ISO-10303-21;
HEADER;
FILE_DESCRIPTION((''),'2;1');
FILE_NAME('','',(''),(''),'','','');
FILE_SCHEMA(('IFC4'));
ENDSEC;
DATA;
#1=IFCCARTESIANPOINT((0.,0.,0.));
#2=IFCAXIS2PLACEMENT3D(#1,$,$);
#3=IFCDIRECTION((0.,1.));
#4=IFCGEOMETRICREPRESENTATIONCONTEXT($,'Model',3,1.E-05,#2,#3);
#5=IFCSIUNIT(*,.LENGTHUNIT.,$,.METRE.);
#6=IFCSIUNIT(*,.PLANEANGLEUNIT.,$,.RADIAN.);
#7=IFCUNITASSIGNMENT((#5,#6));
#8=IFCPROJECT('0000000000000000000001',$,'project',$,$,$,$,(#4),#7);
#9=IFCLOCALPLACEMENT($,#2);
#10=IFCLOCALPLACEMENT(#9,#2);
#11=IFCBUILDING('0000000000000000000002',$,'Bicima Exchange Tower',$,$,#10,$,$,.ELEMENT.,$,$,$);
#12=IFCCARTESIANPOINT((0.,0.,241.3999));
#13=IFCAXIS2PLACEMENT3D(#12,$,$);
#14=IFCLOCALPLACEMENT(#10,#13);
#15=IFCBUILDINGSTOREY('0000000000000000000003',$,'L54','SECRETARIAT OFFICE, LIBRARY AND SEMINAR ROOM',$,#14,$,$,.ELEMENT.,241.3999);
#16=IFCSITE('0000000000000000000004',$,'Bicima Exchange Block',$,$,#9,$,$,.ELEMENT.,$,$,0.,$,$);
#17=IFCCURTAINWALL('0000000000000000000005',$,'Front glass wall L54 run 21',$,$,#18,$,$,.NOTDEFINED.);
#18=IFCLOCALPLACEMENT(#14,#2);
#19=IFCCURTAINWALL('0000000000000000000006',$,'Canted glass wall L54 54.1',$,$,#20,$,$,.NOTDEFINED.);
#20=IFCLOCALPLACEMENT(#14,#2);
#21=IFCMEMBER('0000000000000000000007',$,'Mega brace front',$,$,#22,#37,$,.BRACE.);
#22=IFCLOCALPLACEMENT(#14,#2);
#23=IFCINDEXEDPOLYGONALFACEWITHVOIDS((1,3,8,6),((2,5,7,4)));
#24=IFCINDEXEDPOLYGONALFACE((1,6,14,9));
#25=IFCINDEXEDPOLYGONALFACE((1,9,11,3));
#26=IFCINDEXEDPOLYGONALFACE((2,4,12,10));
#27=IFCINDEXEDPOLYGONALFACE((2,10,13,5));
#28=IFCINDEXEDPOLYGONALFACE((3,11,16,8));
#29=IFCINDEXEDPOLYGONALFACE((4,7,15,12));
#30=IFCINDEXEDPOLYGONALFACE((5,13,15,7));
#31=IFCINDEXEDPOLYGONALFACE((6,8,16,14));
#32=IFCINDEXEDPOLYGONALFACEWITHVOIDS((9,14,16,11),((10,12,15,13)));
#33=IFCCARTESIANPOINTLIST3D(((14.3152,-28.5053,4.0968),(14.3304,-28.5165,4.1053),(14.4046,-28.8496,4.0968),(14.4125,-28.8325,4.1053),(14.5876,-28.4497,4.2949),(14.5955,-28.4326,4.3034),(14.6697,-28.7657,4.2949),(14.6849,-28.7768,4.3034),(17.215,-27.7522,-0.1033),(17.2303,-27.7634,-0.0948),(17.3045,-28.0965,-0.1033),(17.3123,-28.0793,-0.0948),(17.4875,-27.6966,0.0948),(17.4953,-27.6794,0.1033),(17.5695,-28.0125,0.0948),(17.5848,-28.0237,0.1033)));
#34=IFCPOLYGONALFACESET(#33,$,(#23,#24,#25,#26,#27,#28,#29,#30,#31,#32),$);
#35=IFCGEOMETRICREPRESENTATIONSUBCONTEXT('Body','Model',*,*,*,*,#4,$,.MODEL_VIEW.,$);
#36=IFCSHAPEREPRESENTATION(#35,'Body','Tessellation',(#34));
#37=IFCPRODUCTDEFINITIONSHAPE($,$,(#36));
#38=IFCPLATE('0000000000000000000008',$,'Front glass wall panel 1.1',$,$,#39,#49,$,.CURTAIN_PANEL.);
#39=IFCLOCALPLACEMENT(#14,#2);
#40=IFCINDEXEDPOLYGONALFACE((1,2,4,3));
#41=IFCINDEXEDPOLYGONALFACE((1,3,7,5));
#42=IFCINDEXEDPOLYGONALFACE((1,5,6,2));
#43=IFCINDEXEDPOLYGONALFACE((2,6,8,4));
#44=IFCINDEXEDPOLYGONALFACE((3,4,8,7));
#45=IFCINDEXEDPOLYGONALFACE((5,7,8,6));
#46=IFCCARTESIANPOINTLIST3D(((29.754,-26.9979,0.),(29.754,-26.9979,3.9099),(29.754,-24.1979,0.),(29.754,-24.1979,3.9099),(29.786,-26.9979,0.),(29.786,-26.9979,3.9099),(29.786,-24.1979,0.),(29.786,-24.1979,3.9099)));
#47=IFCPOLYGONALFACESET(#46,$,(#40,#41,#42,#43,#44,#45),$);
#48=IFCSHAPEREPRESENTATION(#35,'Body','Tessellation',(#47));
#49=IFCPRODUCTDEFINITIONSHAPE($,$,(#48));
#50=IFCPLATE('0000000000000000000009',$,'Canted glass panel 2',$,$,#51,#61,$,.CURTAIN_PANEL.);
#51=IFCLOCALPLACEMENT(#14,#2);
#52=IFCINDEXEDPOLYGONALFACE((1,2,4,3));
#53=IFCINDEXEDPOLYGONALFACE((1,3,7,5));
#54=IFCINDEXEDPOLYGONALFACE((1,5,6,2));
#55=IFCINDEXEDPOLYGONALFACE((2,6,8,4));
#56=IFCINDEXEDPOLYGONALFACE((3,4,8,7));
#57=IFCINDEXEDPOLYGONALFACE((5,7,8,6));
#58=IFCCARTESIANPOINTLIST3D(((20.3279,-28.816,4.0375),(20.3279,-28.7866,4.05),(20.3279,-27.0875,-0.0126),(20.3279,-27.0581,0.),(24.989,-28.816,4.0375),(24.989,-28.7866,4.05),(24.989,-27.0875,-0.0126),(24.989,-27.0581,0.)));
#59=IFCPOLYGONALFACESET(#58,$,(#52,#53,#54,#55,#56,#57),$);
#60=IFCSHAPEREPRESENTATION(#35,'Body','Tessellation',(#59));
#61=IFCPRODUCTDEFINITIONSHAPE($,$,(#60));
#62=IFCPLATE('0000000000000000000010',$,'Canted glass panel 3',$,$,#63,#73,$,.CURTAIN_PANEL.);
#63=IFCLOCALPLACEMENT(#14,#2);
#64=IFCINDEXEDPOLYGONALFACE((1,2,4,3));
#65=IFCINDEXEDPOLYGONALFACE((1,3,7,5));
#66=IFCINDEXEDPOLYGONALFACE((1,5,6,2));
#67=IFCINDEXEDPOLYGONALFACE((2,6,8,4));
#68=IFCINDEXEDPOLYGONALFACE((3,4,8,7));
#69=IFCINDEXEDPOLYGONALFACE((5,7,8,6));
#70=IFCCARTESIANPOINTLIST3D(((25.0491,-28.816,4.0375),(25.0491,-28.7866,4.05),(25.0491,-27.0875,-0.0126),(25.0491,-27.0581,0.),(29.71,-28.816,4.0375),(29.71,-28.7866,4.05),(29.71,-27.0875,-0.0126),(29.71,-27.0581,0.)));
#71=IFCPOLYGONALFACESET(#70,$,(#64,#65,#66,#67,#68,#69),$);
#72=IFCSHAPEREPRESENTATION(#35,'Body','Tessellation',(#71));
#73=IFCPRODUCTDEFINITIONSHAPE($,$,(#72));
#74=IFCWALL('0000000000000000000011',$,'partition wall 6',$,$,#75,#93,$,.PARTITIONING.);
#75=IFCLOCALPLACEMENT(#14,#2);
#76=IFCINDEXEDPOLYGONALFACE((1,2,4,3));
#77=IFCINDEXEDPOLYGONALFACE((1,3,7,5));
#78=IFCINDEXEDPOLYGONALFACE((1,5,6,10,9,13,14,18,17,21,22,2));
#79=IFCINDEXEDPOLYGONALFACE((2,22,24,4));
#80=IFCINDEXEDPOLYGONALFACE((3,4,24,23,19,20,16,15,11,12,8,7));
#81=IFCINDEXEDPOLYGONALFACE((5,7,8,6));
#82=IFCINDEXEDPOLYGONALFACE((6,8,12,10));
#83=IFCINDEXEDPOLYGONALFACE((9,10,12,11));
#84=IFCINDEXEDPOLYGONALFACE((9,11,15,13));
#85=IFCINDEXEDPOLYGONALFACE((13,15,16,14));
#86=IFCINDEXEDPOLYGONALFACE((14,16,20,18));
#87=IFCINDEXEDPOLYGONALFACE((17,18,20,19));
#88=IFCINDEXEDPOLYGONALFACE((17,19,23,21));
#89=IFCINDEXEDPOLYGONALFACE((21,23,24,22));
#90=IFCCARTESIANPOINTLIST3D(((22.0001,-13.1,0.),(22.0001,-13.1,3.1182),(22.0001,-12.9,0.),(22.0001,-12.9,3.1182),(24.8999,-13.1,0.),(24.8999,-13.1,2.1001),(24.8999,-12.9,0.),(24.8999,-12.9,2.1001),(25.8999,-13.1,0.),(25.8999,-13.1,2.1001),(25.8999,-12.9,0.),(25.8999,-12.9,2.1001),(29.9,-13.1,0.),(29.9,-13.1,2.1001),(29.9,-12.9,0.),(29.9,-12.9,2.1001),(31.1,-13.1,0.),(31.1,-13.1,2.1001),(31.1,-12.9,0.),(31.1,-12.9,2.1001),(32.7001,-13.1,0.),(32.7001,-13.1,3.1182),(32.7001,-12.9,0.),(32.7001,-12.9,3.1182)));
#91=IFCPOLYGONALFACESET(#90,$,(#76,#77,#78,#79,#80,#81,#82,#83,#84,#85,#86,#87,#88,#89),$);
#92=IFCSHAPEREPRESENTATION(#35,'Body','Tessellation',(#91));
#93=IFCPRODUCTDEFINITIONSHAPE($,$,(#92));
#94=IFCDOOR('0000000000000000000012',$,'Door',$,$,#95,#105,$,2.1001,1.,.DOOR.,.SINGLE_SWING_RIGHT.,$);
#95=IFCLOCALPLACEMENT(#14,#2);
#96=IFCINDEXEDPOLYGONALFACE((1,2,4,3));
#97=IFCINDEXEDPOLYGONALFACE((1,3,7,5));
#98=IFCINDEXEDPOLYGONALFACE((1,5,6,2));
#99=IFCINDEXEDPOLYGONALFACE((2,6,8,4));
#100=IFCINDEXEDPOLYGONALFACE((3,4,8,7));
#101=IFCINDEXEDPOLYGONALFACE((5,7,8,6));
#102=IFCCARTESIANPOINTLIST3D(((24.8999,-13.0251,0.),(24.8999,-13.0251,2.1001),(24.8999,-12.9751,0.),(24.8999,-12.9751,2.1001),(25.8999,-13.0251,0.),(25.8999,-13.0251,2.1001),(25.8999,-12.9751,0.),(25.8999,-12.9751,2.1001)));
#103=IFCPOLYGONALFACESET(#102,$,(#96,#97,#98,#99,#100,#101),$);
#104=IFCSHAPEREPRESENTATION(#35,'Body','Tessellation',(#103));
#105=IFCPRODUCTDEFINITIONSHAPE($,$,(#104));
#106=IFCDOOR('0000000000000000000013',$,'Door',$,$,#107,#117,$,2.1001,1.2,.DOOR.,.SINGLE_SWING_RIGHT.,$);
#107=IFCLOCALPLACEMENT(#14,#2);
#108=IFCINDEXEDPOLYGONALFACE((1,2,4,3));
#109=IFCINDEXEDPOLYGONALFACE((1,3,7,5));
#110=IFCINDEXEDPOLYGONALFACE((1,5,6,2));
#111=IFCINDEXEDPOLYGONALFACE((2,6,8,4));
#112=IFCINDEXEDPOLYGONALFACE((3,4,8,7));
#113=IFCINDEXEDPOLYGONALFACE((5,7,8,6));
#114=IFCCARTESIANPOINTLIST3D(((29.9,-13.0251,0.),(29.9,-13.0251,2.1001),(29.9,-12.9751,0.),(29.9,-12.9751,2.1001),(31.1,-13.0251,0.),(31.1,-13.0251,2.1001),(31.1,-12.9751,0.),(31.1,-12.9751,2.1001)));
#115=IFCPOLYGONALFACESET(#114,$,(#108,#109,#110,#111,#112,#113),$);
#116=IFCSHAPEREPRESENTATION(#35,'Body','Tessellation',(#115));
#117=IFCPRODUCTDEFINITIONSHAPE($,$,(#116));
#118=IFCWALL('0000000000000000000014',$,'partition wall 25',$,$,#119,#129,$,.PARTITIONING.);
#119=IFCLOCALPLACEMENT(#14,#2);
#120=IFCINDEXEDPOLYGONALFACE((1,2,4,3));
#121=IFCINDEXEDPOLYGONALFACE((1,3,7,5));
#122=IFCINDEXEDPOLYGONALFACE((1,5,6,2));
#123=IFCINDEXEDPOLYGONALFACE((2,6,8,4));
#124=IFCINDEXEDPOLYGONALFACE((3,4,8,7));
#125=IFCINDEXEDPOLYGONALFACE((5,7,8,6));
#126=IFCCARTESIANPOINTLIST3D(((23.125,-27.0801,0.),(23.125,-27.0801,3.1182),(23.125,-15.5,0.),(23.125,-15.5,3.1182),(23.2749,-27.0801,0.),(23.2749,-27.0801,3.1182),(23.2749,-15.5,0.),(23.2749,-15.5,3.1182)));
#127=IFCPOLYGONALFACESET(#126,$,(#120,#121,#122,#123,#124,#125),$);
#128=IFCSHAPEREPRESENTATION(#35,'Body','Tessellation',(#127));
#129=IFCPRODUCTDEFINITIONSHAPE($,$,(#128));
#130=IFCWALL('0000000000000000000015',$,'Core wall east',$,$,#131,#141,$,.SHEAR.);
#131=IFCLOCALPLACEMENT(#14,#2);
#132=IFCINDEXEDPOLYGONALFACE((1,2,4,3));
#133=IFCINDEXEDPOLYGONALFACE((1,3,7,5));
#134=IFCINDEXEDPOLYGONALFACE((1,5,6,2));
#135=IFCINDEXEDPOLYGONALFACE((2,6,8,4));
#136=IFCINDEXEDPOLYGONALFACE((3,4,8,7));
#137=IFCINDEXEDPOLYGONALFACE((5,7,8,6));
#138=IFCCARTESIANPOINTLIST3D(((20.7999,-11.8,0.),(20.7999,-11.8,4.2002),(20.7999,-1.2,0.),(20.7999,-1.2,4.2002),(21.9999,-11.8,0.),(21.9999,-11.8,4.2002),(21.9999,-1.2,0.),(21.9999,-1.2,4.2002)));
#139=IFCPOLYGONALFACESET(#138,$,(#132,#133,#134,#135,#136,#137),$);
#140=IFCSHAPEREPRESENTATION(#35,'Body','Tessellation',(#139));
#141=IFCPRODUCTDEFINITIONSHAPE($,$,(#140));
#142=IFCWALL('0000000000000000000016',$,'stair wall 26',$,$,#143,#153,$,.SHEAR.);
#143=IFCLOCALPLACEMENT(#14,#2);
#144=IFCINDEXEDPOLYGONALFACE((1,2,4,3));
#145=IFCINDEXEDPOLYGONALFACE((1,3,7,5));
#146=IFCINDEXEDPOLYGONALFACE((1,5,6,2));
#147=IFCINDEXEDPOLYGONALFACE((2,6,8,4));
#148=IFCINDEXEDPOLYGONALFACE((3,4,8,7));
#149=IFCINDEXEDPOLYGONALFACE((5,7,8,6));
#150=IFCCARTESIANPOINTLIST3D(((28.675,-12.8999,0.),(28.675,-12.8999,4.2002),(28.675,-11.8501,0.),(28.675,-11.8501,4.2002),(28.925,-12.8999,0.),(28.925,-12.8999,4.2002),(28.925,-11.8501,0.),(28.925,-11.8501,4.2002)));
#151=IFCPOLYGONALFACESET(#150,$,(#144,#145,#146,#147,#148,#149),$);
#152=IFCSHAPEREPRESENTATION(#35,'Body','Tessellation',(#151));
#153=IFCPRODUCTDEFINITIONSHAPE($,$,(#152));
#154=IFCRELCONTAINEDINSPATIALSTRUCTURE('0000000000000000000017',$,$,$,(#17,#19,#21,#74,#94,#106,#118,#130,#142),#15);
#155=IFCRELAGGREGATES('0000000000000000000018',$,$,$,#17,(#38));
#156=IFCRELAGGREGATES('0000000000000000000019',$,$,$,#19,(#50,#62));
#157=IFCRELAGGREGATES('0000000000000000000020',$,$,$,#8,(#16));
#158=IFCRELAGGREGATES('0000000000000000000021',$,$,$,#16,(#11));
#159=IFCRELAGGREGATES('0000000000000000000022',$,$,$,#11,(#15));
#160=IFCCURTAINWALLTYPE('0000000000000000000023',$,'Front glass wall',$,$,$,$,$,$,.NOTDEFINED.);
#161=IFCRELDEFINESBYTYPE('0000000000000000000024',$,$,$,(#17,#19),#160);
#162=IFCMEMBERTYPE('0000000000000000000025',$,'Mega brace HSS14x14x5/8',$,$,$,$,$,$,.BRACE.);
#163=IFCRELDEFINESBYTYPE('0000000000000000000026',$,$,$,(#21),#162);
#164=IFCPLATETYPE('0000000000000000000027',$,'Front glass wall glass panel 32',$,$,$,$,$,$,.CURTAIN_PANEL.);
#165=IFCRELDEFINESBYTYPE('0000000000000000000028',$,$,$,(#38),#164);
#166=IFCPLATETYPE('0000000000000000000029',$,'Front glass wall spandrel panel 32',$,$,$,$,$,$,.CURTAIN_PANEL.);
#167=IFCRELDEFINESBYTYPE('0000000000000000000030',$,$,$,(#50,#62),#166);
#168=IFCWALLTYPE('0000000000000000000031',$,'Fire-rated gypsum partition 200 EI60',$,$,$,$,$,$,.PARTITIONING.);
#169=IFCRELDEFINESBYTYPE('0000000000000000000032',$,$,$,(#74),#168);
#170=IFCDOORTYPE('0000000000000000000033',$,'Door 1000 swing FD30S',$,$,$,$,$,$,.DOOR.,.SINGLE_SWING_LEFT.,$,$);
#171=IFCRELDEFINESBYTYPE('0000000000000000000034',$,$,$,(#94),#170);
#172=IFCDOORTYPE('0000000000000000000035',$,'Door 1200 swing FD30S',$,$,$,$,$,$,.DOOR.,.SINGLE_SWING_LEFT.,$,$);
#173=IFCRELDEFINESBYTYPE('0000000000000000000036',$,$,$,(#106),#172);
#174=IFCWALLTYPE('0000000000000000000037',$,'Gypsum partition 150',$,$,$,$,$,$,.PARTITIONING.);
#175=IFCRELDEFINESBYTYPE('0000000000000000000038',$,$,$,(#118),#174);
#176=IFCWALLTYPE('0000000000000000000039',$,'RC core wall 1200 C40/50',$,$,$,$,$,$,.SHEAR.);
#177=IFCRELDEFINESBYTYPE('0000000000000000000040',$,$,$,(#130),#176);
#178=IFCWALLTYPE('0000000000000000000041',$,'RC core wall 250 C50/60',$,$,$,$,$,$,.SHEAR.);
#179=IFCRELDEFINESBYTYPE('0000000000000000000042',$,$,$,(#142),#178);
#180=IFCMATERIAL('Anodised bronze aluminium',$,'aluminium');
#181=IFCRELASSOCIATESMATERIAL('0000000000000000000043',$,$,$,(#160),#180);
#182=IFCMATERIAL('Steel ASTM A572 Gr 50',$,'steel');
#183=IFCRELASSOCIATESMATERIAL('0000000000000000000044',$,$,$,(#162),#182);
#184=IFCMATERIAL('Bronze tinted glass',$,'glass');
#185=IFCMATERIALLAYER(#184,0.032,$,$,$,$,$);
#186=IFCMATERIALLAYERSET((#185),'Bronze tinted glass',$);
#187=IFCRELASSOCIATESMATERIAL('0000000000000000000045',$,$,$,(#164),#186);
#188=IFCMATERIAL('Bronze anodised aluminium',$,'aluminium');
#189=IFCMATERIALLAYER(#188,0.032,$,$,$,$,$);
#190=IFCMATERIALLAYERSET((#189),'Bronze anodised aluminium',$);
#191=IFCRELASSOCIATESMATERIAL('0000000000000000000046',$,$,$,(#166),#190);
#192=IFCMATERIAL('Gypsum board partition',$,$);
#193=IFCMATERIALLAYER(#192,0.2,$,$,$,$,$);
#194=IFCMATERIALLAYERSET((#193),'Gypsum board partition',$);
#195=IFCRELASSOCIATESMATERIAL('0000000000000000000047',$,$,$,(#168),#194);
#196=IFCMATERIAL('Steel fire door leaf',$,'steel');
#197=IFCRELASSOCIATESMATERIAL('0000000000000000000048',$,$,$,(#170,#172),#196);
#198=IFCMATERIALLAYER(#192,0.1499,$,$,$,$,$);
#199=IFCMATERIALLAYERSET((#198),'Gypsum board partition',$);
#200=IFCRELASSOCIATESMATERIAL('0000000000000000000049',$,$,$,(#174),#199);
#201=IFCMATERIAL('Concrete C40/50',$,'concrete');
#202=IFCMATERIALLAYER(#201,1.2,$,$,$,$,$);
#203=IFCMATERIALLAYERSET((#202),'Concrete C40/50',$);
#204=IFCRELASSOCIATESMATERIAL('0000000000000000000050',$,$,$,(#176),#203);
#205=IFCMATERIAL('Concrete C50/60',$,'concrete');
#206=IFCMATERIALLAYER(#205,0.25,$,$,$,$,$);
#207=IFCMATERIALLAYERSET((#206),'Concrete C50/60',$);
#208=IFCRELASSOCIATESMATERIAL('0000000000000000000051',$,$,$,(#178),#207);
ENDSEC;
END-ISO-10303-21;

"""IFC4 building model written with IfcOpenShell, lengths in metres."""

from ifc_helpers import new_model, si_unit, direction, frame, frame_2d, origin, origin_2d, place, context, subcontext, project, spatial, polyline, rectangle, hollow_rectangle, outline, extrude, material, layer, layer_set, material_profile, profile_set, type_object, element, fill, aggregate, save


model = new_model("IFC4")

# Units and contexts
model_context = context("Model", 3, precision=1e-05, world=origin(), true_north=direction((0.0, 1.0)))
body_context = subcontext(model_context, "Body", "Model", "MODEL_VIEW")
ifc_project = project(units=[si_unit("LENGTHUNIT", "METRE"), si_unit("PLANEANGLEUNIT", "RADIAN")], contexts=[model_context])

# Site, building, storey
site_placement = place(None, origin())
site = spatial("IfcSite", under=ifc_project, at=site_placement, Name="Bicima Exchange Block", CompositionType="ELEMENT", RefElevation=0.0)
building_placement = place(site_placement, origin())
building = spatial("IfcBuilding", under=site, at=building_placement, Name="Bicima Exchange Tower", CompositionType="ELEMENT")
storey_placement = place(building_placement, frame((0.0, 0.0, 241.3999)))
storey = spatial("IfcBuildingStorey", under=building, at=storey_placement, Name="L54", Description="SECRETARIAT OFFICE, LIBRARY AND SEMINAR ROOM", CompositionType="ELEMENT", Elevation=241.3999)

# Curtain wall
ifc_material_1 = material(Name="Anodised bronze aluminium", Category="aluminium")
curtain_wall_type = type_object("IfcCurtainWallType", Name="Front glass wall", PredefinedType="NOTDEFINED", material=ifc_material_1)
curtain_wall_1_placement = place(storey_placement, origin())
curtain_wall_1 = element("IfcCurtainWall", 1, at=curtain_wall_1_placement, inside=storey, type_object=curtain_wall_type, Name="Front glass wall L54 run 21", PredefinedType="NOTDEFINED")

# Curtain wall
curtain_wall_2_placement = place(storey_placement, origin())
curtain_wall_2 = element("IfcCurtainWall", 2, at=curtain_wall_2_placement, inside=storey, type_object=curtain_wall_type, Name="Canted glass wall L54 54.1", PredefinedType="NOTDEFINED")

# Member
ifc_material_2 = material(Name="Steel ASTM A572 Gr 50", Category="steel")
ifc_material_profile_1 = material_profile(ifc_material_2, hollow_rectangle(XDim=0.3557, YDim=0.3557, WallThickness=0.0146, at=origin_2d()))
ifc_profile_set_1 = profile_set([ifc_material_profile_1], Name="Steel ASTM A572 Gr 50")
member_type_1 = type_object("IfcMemberType", Name="Mega brace HSS14x14x5/8", PredefinedType="BRACE", material=ifc_profile_set_1)
member_1_placement = place(storey_placement, frame((17.3999, -27.8879, 0.0), z_axis=(-0.562073, -0.145984, 0.814102), x_axis=(0.251383, -0.967888, 0.0)))
element("IfcMember", 3, at=member_1_placement, inside=storey, type_object=member_type_1, Name="Mega brace front", PredefinedType="BRACE", context=body_context, shape_type="SweptSolid", body=[
    extrude(hollow_rectangle(XDim=0.3557, YDim=0.3557, WallThickness=0.0146, at=origin_2d()), origin(), (0.0, 0.0, 1.0), 5.1592),
])

# Plates
ifc_material_3 = material(Name="Bronze tinted glass", Category="glass")
ifc_layer_1 = layer(ifc_material_3, 0.032)
ifc_layer_set_1 = layer_set([ifc_layer_1], Name="Bronze tinted glass")
plate_type_1 = type_object("IfcPlateType", Name="Front glass wall glass panel 32", PredefinedType="CURTAIN_PANEL", material=ifc_layer_set_1)
plate_1_placement = place(storey_placement, frame((29.77, -25.5979, 0.0), z_axis=(0.0, 0.0, 1.0), x_axis=(0.0, 1.0, 0.0)))
plate_1 = element("IfcPlate", 4, at=plate_1_placement, type_object=plate_type_1, Name="Front glass wall panel 1.1", PredefinedType="CURTAIN_PANEL", context=body_context, shape_type="SweptSolid", body=[
    extrude(rectangle(XDim=2.8, YDim=0.032, at=origin_2d()), origin(), (0.0, 0.0, 1.0), 3.9099),
])
aggregate(curtain_wall_1, [plate_1])
ifc_material_4 = material(Name="Bronze anodised aluminium", Category="aluminium")
ifc_layer_2 = layer(ifc_material_4, 0.032)
ifc_layer_set_2 = layer_set([ifc_layer_2], Name="Bronze anodised aluminium")
plate_type_2 = type_object("IfcPlateType", Name="Front glass wall spandrel panel 32", PredefinedType="CURTAIN_PANEL", material=ifc_layer_set_2)
plate_2_placement = place(storey_placement, frame((20.3279, -27.0581, 0.0), z_axis=(0.0, 0.919738, 0.392534), x_axis=(1.0, 0.0, 0.0)))
plate_2 = element("IfcPlate", 5, at=plate_2_placement, type_object=plate_type_2, Name="Canted glass panel 2", PredefinedType="CURTAIN_PANEL", context=body_context, shape_type="SweptSolid", body=[
    extrude(outline(polyline([(0.0, 0.0), (4.6611, 0.0), (4.6611, -4.4035), (0.0, -4.4035), (0.0, 0.0)])), origin(), (0.0, 0.0, -1.0), 0.032),
])
plate_3_placement = place(storey_placement, frame((25.0491, -27.0581, 0.0), z_axis=(0.0, 0.919738, 0.392534), x_axis=(1.0, 0.0, 0.0)))
plate_3 = element("IfcPlate", 6, at=plate_3_placement, type_object=plate_type_2, Name="Canted glass panel 3", PredefinedType="CURTAIN_PANEL", context=body_context, shape_type="SweptSolid", body=[
    extrude(outline(polyline([(0.0, 0.0), (4.6609, 0.0), (4.6609, -4.4035), (0.0, -4.4035), (0.0, 0.0)])), origin(), (0.0, 0.0, -1.0), 0.032),
])
aggregate(curtain_wall_2, [plate_2, plate_3])

# Wall, openings, doors
ifc_material_5 = material(Name="Gypsum board partition")
ifc_layer_3 = layer(ifc_material_5, 0.2)
ifc_layer_set_3 = layer_set([ifc_layer_3], Name="Gypsum board partition")
wall_type_1 = type_object("IfcWallType", Name="Fire-rated gypsum partition 200 EI60", PredefinedType="PARTITIONING", material=ifc_layer_set_3)
wall_1_placement = place(storey_placement, frame((22.0, -13.0, 0.0), z_axis=(0.0, 0.0, 1.0), x_axis=(1.0, 0.0, 0.0)))
wall_1 = element("IfcWall", 7, at=wall_1_placement, inside=storey, type_object=wall_type_1, Name="partition wall 6", PredefinedType="PARTITIONING", context=body_context, shape_type="SweptSolid", body=[
    extrude(rectangle(XDim=10.7, YDim=0.2, at=frame_2d((5.3501, 0.0))), origin(), (0.0, 0.0, 1.0), 3.1182),
])
opening_1_placement = place(wall_1_placement, frame((7.8999, 0.0, 0.0)))
opening_1 = element("IfcOpeningElement", 8, at=opening_1_placement, cuts=wall_1, PredefinedType="OPENING", context=body_context, shape_type="SweptSolid", body=[
    extrude(rectangle(XDim=1.2, YDim=2.1001, at=frame_2d((0.6001, 1.05))), frame((0.0, 0.1118, 0.0), z_axis=(0.0, -1.0, 0.0), x_axis=(1.0, 0.0, 0.0)), (0.0, 0.0, 1.0), 0.2239),
])
opening_2_placement = place(wall_1_placement, frame((2.8999, 0.0, 0.0)))
opening_2 = element("IfcOpeningElement", 9, at=opening_2_placement, cuts=wall_1, PredefinedType="OPENING", context=body_context, shape_type="SweptSolid", body=[
    extrude(rectangle(XDim=1.0, YDim=2.1001, at=frame_2d((0.5, 1.05))), frame((0.0, 0.1118, 0.0), z_axis=(0.0, -1.0, 0.0), x_axis=(1.0, 0.0, 0.0)), (0.0, 0.0, 1.0), 0.2239),
])
ifc_material_6 = material(Name="Steel fire door leaf", Category="steel")
door_type_1 = type_object("IfcDoorType", Name="Door 1000 swing FD30S", OperationType="SINGLE_SWING_LEFT", PredefinedType="DOOR", material=ifc_material_6)
door_1_placement = place(opening_2_placement, origin())
door_1 = element("IfcDoor", 10, at=door_1_placement, inside=storey, type_object=door_type_1, Name="Door", OperationType="SINGLE_SWING_RIGHT", OverallHeight=2.1001, OverallWidth=1.0, PredefinedType="DOOR", context=body_context, shape_type="SweptSolid", body=[
    extrude(rectangle(XDim=1.0, YDim=2.1001, at=frame_2d((0.5, 1.05))), frame((0.0, 0.0249, 0.0), z_axis=(0.0, -1.0, 0.0), x_axis=(1.0, 0.0, 0.0)), (0.0, 0.0, 1.0), 0.05),
])
fill(opening_2, door_1)
door_type_2 = type_object("IfcDoorType", Name="Door 1200 swing FD30S", OperationType="SINGLE_SWING_LEFT", PredefinedType="DOOR", material=ifc_material_6)
door_2_placement = place(opening_1_placement, origin())
door_2 = element("IfcDoor", 11, at=door_2_placement, inside=storey, type_object=door_type_2, Name="Door", OperationType="SINGLE_SWING_RIGHT", OverallHeight=2.1001, OverallWidth=1.2, PredefinedType="DOOR", context=body_context, shape_type="SweptSolid", body=[
    extrude(rectangle(XDim=1.2, YDim=2.1001, at=frame_2d((0.6001, 1.05))), frame((0.0, 0.0249, 0.0), z_axis=(0.0, -1.0, 0.0), x_axis=(1.0, 0.0, 0.0)), (0.0, 0.0, 1.0), 0.05),
])
fill(opening_1, door_2)

# Walls
ifc_layer_4 = layer(ifc_material_5, 0.1499)
ifc_layer_set_4 = layer_set([ifc_layer_4], Name="Gypsum board partition")
wall_type_2 = type_object("IfcWallType", Name="Gypsum partition 150", PredefinedType="PARTITIONING", material=ifc_layer_set_4)
wall_2_placement = place(storey_placement, frame((23.2, -27.0801, 0.0), z_axis=(0.0, 0.0, 1.0), x_axis=(0.0, 1.0, 0.0)))
element("IfcWall", 12, at=wall_2_placement, inside=storey, type_object=wall_type_2, Name="partition wall 25", PredefinedType="PARTITIONING", context=body_context, shape_type="SweptSolid", body=[
    extrude(rectangle(XDim=11.5801, YDim=0.1499, at=frame_2d((5.79, 0.0))), origin(), (0.0, 0.0, 1.0), 3.1182),
])
ifc_material_7 = material(Name="Concrete C40/50", Category="concrete")
ifc_layer_5 = layer(ifc_material_7, 1.2)
ifc_layer_set_5 = layer_set([ifc_layer_5], Name="Concrete C40/50")
wall_type_3 = type_object("IfcWallType", Name="RC core wall 1200 C40/50", PredefinedType="SHEAR", material=ifc_layer_set_5)
wall_3_placement = place(storey_placement, frame((21.3999, -11.8, 0.0), z_axis=(0.0, 0.0, 1.0), x_axis=(0.0, 1.0, 0.0)))
element("IfcWall", 13, at=wall_3_placement, inside=storey, type_object=wall_type_3, Name="Core wall east", PredefinedType="SHEAR", context=body_context, shape_type="SweptSolid", body=[
    extrude(rectangle(XDim=10.6001, YDim=1.2, at=frame_2d((5.3, 0.0))), origin(), (0.0, 0.0, 1.0), 4.2002),
])
ifc_material_8 = material(Name="Concrete C50/60", Category="concrete")
ifc_layer_6 = layer(ifc_material_8, 0.25)
ifc_layer_set_6 = layer_set([ifc_layer_6], Name="Concrete C50/60")
wall_type_4 = type_object("IfcWallType", Name="RC core wall 250 C50/60", PredefinedType="SHEAR", material=ifc_layer_set_6)
wall_4_placement = place(storey_placement, frame((28.8, -12.8999, 0.0), z_axis=(0.0, 0.0, 1.0), x_axis=(0.0, 1.0, 0.0)))
element("IfcWall", 14, at=wall_4_placement, inside=storey, type_object=wall_type_4, Name="stair wall 26", PredefinedType="SHEAR", context=body_context, shape_type="SweptSolid", body=[
    extrude(rectangle(XDim=1.0498, YDim=0.25, at=frame_2d((0.5249, 0.0))), origin(), (0.0, 0.0, 1.0), 4.2002),
])

save(model, "model.ifc")
